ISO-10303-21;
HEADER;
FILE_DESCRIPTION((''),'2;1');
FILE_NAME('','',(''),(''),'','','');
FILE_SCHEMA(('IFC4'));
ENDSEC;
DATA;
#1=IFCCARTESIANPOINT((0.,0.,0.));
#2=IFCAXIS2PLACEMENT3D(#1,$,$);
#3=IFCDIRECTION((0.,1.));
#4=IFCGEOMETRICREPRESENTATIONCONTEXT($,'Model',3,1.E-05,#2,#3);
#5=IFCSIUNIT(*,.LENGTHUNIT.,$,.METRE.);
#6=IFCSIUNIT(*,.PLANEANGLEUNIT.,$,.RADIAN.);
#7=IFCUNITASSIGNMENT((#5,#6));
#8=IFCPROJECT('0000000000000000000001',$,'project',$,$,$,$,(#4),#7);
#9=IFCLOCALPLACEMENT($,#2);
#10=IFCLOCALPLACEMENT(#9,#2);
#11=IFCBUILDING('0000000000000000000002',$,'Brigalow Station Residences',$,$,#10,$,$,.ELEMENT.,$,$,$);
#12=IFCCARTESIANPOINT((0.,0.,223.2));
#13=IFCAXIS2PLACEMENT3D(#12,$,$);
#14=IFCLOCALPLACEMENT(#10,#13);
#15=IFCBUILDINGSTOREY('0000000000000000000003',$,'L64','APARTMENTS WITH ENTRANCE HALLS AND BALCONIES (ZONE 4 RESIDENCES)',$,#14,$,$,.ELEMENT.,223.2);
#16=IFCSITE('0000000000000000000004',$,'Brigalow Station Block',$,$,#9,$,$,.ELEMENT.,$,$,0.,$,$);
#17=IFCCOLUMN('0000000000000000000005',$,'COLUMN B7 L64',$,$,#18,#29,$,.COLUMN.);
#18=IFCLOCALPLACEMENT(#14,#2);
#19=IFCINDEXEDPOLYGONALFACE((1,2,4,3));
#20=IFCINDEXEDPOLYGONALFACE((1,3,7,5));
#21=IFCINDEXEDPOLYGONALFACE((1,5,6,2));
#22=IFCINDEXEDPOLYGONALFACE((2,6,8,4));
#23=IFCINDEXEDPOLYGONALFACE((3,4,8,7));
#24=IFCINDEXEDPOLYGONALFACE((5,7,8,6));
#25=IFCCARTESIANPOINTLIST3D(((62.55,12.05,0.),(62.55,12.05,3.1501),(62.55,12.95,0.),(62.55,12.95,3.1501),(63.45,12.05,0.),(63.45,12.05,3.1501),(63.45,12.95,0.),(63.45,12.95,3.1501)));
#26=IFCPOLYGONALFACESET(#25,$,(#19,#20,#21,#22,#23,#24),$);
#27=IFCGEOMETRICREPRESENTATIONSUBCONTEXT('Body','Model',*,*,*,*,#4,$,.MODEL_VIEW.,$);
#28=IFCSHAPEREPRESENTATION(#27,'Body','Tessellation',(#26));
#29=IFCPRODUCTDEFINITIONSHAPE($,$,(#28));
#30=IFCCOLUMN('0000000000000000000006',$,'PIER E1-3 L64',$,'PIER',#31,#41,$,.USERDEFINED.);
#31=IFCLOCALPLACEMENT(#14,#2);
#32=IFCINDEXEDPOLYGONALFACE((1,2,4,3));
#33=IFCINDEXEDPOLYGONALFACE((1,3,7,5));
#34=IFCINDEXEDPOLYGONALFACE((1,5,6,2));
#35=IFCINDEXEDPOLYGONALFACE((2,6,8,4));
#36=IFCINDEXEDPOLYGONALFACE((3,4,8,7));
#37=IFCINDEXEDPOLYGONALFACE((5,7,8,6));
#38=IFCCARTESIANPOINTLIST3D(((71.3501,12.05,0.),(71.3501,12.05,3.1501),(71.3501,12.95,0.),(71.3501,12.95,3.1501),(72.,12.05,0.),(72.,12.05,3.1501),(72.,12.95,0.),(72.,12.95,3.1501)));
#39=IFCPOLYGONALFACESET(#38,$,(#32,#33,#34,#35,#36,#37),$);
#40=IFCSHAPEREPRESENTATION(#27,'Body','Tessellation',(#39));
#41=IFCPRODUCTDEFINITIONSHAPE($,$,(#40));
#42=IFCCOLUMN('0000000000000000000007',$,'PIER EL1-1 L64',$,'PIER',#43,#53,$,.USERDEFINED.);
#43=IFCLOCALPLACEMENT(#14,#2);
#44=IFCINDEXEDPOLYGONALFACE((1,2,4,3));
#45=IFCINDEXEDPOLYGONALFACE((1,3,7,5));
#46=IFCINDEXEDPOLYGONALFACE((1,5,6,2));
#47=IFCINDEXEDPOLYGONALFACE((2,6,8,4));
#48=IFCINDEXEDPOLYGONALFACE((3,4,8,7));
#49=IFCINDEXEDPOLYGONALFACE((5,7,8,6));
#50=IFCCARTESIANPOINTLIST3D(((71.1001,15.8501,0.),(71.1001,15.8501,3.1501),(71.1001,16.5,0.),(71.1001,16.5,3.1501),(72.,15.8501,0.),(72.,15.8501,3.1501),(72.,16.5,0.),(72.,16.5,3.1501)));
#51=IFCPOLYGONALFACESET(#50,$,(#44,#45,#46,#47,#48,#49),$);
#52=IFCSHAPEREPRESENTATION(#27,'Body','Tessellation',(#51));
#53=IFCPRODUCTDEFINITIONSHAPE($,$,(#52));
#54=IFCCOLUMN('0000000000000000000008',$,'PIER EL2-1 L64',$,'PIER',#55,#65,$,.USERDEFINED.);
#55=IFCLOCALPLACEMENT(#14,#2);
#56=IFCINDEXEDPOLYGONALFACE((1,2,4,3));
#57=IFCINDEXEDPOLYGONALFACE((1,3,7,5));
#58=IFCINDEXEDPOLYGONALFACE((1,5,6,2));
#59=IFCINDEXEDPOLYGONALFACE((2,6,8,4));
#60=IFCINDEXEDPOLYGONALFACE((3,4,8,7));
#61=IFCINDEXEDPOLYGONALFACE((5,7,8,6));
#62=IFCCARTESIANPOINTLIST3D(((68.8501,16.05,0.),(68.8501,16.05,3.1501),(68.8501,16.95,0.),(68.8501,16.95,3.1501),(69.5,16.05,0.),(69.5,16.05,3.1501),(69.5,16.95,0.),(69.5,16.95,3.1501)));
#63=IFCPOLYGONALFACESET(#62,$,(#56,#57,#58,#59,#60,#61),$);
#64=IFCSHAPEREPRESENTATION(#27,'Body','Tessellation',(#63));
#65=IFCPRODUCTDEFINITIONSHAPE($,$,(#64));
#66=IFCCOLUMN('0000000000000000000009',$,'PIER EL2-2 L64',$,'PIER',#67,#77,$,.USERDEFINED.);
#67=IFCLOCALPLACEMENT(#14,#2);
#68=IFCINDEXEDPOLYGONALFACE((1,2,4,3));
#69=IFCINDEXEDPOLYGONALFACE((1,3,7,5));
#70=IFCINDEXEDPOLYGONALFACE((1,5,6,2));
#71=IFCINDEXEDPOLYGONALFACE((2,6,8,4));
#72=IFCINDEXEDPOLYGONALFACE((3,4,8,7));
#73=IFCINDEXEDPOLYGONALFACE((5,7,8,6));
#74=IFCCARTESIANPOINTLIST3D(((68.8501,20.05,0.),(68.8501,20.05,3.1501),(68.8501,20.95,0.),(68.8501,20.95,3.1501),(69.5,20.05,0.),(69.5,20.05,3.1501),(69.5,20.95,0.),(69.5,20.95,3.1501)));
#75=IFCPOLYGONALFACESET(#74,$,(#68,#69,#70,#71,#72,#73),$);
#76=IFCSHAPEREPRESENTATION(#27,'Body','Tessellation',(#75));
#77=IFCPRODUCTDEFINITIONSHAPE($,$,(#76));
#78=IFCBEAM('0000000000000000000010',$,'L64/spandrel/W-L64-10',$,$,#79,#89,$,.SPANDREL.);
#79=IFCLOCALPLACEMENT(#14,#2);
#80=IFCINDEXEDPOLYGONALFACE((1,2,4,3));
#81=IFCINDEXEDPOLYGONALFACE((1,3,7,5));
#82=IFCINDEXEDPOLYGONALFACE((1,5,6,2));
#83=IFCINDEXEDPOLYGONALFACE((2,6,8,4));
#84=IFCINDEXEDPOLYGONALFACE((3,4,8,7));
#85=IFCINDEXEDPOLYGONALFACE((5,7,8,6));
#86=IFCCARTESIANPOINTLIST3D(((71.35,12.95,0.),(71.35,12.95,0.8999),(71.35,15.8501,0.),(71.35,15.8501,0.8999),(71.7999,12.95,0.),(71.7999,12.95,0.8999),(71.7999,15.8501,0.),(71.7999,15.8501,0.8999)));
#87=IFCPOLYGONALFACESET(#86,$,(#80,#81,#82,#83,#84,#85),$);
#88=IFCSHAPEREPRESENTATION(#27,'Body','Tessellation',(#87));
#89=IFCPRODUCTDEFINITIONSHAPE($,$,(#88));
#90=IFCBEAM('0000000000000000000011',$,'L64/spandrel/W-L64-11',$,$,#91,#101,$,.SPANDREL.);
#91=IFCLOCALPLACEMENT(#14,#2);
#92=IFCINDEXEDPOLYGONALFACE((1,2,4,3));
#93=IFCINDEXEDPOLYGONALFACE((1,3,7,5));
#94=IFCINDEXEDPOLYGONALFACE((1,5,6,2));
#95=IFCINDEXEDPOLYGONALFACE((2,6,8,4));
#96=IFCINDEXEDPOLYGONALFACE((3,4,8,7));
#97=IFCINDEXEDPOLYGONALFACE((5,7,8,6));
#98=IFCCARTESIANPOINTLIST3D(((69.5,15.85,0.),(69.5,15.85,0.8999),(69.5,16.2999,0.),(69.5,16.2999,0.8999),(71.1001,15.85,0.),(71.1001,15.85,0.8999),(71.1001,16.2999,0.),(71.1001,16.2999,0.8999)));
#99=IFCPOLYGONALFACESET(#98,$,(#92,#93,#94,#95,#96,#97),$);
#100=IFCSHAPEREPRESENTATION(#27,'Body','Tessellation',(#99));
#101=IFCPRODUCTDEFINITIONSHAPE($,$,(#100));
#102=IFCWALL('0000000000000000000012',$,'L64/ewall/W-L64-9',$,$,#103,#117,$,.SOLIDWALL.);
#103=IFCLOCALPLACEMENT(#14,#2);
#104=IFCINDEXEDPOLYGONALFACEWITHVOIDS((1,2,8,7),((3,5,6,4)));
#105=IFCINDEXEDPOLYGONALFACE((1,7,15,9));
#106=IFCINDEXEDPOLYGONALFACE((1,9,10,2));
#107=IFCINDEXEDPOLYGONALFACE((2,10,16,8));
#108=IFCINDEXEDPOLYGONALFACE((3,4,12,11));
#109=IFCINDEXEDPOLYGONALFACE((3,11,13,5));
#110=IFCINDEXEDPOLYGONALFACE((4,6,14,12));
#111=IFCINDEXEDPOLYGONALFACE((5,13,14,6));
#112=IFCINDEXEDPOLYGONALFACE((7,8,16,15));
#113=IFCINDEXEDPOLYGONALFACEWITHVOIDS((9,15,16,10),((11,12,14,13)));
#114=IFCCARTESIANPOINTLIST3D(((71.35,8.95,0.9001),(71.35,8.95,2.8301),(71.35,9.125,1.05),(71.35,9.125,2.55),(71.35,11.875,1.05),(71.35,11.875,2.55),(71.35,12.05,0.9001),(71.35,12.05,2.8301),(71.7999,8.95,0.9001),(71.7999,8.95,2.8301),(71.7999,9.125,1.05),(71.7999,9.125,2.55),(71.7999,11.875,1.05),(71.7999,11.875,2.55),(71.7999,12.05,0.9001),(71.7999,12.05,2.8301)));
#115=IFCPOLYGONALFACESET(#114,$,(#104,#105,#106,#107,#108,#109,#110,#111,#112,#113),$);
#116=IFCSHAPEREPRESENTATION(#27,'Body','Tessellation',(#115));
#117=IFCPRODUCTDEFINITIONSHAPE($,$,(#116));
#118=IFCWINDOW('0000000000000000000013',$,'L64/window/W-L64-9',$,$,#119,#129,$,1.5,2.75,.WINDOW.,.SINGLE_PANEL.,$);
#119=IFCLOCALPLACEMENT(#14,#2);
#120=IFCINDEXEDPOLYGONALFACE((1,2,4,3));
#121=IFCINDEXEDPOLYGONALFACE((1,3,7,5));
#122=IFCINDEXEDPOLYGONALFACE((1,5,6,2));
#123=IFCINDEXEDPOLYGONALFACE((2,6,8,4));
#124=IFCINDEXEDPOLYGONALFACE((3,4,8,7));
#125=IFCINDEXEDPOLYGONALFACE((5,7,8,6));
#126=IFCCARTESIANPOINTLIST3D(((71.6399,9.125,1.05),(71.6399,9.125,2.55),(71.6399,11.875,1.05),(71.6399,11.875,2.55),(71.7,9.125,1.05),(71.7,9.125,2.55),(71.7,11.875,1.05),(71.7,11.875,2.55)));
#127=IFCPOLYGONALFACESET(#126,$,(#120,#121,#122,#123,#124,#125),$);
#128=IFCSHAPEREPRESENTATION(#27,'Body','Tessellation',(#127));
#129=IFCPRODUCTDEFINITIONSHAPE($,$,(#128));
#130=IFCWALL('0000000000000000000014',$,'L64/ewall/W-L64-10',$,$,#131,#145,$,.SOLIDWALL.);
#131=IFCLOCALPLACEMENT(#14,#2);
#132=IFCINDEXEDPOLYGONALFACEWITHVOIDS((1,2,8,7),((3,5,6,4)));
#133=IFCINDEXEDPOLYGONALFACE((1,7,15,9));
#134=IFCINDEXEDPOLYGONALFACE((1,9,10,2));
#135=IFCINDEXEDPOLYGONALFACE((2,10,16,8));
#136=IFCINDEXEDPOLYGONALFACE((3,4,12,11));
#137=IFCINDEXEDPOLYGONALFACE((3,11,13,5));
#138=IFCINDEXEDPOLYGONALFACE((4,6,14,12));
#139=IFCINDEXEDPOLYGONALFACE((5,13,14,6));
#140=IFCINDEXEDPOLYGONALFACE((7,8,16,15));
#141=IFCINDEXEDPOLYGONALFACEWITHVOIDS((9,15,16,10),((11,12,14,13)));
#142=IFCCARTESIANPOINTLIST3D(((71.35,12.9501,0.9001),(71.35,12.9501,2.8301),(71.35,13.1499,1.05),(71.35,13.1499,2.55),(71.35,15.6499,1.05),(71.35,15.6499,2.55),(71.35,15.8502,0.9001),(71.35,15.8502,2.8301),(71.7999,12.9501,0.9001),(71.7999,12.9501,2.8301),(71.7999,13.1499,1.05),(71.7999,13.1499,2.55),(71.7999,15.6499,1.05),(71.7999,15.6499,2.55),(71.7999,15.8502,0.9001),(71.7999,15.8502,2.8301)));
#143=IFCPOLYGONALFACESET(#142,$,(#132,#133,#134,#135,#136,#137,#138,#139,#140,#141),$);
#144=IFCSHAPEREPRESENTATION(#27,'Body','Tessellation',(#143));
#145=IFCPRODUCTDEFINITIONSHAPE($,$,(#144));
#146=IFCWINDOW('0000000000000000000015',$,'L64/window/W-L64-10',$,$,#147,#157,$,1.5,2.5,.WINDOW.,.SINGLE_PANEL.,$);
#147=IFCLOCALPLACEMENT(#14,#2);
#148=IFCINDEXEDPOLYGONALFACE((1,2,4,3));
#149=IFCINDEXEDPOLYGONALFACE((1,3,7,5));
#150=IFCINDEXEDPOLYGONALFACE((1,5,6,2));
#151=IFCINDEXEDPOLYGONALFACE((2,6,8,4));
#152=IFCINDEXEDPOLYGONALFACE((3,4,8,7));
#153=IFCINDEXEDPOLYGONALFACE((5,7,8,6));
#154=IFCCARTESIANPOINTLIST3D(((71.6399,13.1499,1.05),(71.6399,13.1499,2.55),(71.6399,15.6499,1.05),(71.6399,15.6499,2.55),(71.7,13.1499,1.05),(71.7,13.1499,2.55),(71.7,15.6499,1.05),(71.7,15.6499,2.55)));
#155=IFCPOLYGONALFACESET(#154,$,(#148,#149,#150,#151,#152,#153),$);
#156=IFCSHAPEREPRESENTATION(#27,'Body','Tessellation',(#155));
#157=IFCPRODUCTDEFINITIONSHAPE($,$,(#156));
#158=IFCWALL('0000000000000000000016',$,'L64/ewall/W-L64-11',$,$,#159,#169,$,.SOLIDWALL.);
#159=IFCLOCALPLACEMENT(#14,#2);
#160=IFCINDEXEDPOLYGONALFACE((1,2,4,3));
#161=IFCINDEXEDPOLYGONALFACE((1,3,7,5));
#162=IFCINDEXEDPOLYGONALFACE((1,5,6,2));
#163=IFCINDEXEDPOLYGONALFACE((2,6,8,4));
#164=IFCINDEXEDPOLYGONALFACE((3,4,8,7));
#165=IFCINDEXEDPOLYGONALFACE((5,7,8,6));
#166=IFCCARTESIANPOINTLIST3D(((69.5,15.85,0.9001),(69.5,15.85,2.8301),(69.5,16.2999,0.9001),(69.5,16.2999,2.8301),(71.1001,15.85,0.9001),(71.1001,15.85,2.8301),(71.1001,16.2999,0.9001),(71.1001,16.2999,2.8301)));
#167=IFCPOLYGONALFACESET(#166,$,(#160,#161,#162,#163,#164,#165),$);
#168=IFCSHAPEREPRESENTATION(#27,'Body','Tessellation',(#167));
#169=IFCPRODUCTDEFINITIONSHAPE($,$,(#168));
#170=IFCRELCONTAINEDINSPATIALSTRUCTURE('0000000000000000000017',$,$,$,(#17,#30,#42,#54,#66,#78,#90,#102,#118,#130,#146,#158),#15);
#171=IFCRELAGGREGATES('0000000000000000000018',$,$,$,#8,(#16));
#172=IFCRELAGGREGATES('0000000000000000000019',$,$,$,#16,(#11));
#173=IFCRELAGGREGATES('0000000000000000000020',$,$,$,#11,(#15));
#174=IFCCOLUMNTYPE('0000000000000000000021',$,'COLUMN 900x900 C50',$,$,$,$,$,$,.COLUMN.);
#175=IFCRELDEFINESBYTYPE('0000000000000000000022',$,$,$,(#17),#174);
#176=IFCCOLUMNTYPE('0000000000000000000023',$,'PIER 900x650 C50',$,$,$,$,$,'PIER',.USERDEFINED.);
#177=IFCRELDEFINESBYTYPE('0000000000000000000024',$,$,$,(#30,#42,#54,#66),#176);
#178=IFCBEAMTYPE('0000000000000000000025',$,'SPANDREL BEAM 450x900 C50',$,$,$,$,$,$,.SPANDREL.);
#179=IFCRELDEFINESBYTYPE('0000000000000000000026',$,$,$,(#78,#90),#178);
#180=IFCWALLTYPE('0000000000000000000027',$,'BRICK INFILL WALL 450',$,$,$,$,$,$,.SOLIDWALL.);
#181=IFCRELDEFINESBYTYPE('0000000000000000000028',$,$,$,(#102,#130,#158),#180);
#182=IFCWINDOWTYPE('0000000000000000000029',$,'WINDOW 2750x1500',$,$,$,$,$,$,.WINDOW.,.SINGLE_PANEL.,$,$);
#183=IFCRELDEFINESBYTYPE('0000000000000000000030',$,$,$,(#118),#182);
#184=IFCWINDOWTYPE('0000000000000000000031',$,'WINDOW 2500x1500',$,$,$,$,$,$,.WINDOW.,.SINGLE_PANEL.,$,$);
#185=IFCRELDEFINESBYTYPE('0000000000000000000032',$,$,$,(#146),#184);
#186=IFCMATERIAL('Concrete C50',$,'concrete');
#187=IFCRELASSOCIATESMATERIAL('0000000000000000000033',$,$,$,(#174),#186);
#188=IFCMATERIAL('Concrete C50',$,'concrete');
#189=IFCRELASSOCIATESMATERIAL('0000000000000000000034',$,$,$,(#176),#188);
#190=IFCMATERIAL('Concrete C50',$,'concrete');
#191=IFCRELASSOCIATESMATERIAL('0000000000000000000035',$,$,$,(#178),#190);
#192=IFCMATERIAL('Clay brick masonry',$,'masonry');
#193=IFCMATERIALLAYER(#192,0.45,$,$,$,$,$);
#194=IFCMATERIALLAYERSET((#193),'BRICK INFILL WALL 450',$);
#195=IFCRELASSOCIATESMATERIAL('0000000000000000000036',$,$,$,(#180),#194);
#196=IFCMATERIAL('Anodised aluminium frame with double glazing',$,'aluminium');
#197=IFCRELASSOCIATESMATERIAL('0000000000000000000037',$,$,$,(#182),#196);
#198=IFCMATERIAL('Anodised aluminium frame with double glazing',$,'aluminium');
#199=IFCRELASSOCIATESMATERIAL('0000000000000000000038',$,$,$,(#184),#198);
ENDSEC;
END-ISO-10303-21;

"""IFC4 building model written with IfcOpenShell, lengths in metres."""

from ifc_helpers import new_model, si_unit, direction, frame, frame_2d, origin, origin_2d, place, context, subcontext, project, spatial, rectangle, extrude, material, layer, layer_set, material_profile, profile_set, type_object, element, fill, save


model = new_model("IFC4")

# Units and contexts
model_context = context("Model", 3, precision=1e-05, world=origin(), true_north=direction((0.0, 1.0)))
body_context = subcontext(model_context, "Body", "Model", "MODEL_VIEW")
ifc_project = project(units=[si_unit("LENGTHUNIT", "METRE"), si_unit("PLANEANGLEUNIT", "RADIAN")], contexts=[model_context])

# Site, building, storey
site_placement = place(None, origin())
site = spatial("IfcSite", under=ifc_project, at=site_placement, Name="Brigalow Station Block", CompositionType="ELEMENT", RefElevation=0.0)
building_placement = place(site_placement, origin())
building = spatial("IfcBuilding", under=site, at=building_placement, Name="Brigalow Station Residences", CompositionType="ELEMENT")
storey_placement = place(building_placement, frame((0.0, 0.0, 223.2)))
storey = spatial("IfcBuildingStorey", under=building, at=storey_placement, Name="L64", Description="APARTMENTS WITH ENTRANCE HALLS AND BALCONIES (ZONE 4 RESIDENCES)", CompositionType="ELEMENT", Elevation=223.2)

# Columns
ifc_material_1 = material(Name="Concrete C50", Category="concrete")
ifc_material_profile_1 = material_profile(ifc_material_1, rectangle(XDim=0.8999, YDim=0.8999, at=origin_2d()), Name="RC900x900")
ifc_profile_set_1 = profile_set([ifc_material_profile_1], Name="Concrete C50")
column_type_1 = type_object("IfcColumnType", Name="COLUMN 900x900 C50", PredefinedType="COLUMN", material=ifc_profile_set_1)
column_placement = place(storey_placement, frame((63.0, 12.5, 0.0), z_axis=(0.0, 0.0, 1.0), x_axis=(1.0, 0.0, 0.0)))
element("IfcColumn", 1, at=column_placement, inside=storey, type_object=column_type_1, Name="COLUMN B7 L64", PredefinedType="COLUMN", context=body_context, shape_type="SweptSolid", body=[
    extrude(rectangle(XDim=0.8999, YDim=0.8999, at=origin_2d()), origin(), (0.0, 0.0, 1.0), 3.1501),
])
ifc_material_2 = material(Name="Concrete C50", Category="concrete")
ifc_material_profile_2 = material_profile(ifc_material_2, rectangle(XDim=0.8999, YDim=0.6499, at=origin_2d()), Name="RC900x650")
ifc_profile_set_2 = profile_set([ifc_material_profile_2], Name="Concrete C50")
column_type_2 = type_object("IfcColumnType", Name="PIER 900x650 C50", ElementType="PIER", PredefinedType="USERDEFINED", material=ifc_profile_set_2)
for number, where, z_axis, x_axis, name in (
    (2, (71.675, 12.5, 0.0), (0.0, 0.0, 1.0), (0.0, 1.0, 0.0), "PIER E1-3 L64"),
    (3, (71.55, 16.175, 0.0), (0.0, 0.0, 1.0), (-1.0, 0.0, 0.0), "PIER EL1-1 L64"),
    (4, (69.175, 16.5, 0.0), (0.0, 0.0, 1.0), (0.0, 1.0, 0.0), "PIER EL2-1 L64"),
    (5, (69.175, 20.5, 0.0), (0.0, 0.0, 1.0), (0.0, 1.0, 0.0), "PIER EL2-2 L64"),
):
    element("IfcColumn", number, at=place(storey_placement, frame(where, z_axis=z_axis, x_axis=x_axis)), inside=storey, type_object=column_type_2, Name=name, ObjectType="PIER", PredefinedType="USERDEFINED", context=body_context, shape_type="SweptSolid", body=[
        extrude(rectangle(XDim=0.8999, YDim=0.6499, at=origin_2d()), origin(), (0.0, 0.0, 1.0), 3.1501),
    ])

# Beams
ifc_material_3 = material(Name="Concrete C50", Category="concrete")
ifc_material_profile_3 = material_profile(ifc_material_3, rectangle(XDim=0.45, YDim=0.8999, at=origin_2d()), Name="RC450x900")
ifc_profile_set_3 = profile_set([ifc_material_profile_3], Name="Concrete C50")
beam_type = type_object("IfcBeamType", Name="SPANDREL BEAM 450x900 C50", PredefinedType="SPANDREL", material=ifc_profile_set_3)
beam_1_placement = place(storey_placement, frame((71.575, 12.95, 0.45), z_axis=(0.0, 1.0, 0.0), x_axis=(-1.0, 0.0, 0.0)))
element("IfcBeam", 6, at=beam_1_placement, inside=storey, type_object=beam_type, Name="L64/spandrel/W-L64-10", PredefinedType="SPANDREL", context=body_context, shape_type="SweptSolid", body=[
    extrude(rectangle(XDim=0.45, YDim=0.8999, at=origin_2d()), origin(), (0.0, 0.0, 1.0), 2.9001),
])
beam_2_placement = place(storey_placement, frame((71.1001, 16.075, 0.45), z_axis=(-1.0, 0.0, 0.0), x_axis=(0.0, -1.0, 0.0)))
element("IfcBeam", 7, at=beam_2_placement, inside=storey, type_object=beam_type, Name="L64/spandrel/W-L64-11", PredefinedType="SPANDREL", context=body_context, shape_type="SweptSolid", body=[
    extrude(rectangle(XDim=0.45, YDim=0.8999, at=origin_2d()), origin(), (0.0, 0.0, 1.0), 1.6001),
])

# Walls, openings, windows
ifc_material_4 = material(Name="Clay brick masonry", Category="masonry")
ifc_layer_1 = layer(ifc_material_4, 0.45)
ifc_layer_set_1 = layer_set([ifc_layer_1], Name="BRICK INFILL WALL 450")
wall_type_1 = type_object("IfcWallType", Name="BRICK INFILL WALL 450", PredefinedType="SOLIDWALL", material=ifc_layer_set_1)
wall_1_placement = place(storey_placement, frame((71.575, 8.95, 0.9001), z_axis=(0.0, 0.0, 1.0), x_axis=(0.0, 1.0, 0.0)))
wall_1 = element("IfcWall", 8, at=wall_1_placement, inside=storey, type_object=wall_type_1, Name="L64/ewall/W-L64-9", PredefinedType="SOLIDWALL", context=body_context, shape_type="SweptSolid", body=[
    extrude(rectangle(XDim=3.1001, YDim=0.45, at=frame_2d((1.55, 0.0))), origin(), (0.0, 0.0, 1.0), 1.9299),
])
opening_1_placement = place(wall_1_placement, frame((0.175, 0.0, 0.1499)))
opening_1 = element("IfcOpeningElement", 9, at=opening_1_placement, cuts=wall_1, PredefinedType="OPENING", context=body_context, shape_type="SweptSolid", body=[
    extrude(rectangle(XDim=2.75, YDim=1.5, at=frame_2d((1.375, 0.75))), frame((0.0, 0.2349, 0.0), z_axis=(0.0, -1.0, 0.0), x_axis=(1.0, 0.0, 0.0)), (0.0, 0.0, 1.0), 0.47),
])
ifc_material_5 = material(Name="Anodised aluminium frame with double glazing", Category="aluminium")
window_type_1 = type_object("IfcWindowType", Name="WINDOW 2750x1500", PartitioningType="SINGLE_PANEL", PredefinedType="WINDOW", material=ifc_material_5)
window_1_placement = place(opening_1_placement, origin())
window_1 = element("IfcWindow", 10, at=window_1_placement, inside=storey, type_object=window_type_1, Name="L64/window/W-L64-9", OverallHeight=1.5, OverallWidth=2.75, PartitioningType="SINGLE_PANEL", PredefinedType="WINDOW", context=body_context, shape_type="SweptSolid", body=[
    extrude(rectangle(XDim=2.75, YDim=1.5, at=frame_2d((1.375, 0.75))), frame((0.0, -0.0649, 0.0), z_axis=(0.0, -1.0, 0.0), x_axis=(1.0, 0.0, 0.0)), (0.0, 0.0, 1.0), 0.0601),
])
fill(opening_1, window_1)
wall_2_placement = place(storey_placement, frame((71.575, 12.95, 0.9001), z_axis=(0.0, 0.0, 1.0), x_axis=(0.0, 1.0, 0.0)))
wall_2 = element("IfcWall", 11, at=wall_2_placement, inside=storey, type_object=wall_type_1, Name="L64/ewall/W-L64-10", PredefinedType="SOLIDWALL", context=body_context, shape_type="SweptSolid", body=[
    extrude(rectangle(XDim=2.9001, YDim=0.45, at=frame_2d((1.4502, 0.0))), origin(), (0.0, 0.0, 1.0), 1.9299),
])
opening_2_placement = place(wall_2_placement, frame((0.2, 0.0, 0.1499)))
opening_2 = element("IfcOpeningElement", 12, at=opening_2_placement, cuts=wall_2, PredefinedType="OPENING", context=body_context, shape_type="SweptSolid", body=[
    extrude(rectangle(XDim=2.5, YDim=1.5, at=frame_2d((1.25, 0.75))), frame((0.0, 0.2349, 0.0), z_axis=(0.0, -1.0, 0.0), x_axis=(1.0, 0.0, 0.0)), (0.0, 0.0, 1.0), 0.47),
])
ifc_material_6 = material(Name="Anodised aluminium frame with double glazing", Category="aluminium")
window_type_2 = type_object("IfcWindowType", Name="WINDOW 2500x1500", PartitioningType="SINGLE_PANEL", PredefinedType="WINDOW", material=ifc_material_6)
window_2_placement = place(opening_2_placement, origin())
window_2 = element("IfcWindow", 13, at=window_2_placement, inside=storey, type_object=window_type_2, Name="L64/window/W-L64-10", OverallHeight=1.5, OverallWidth=2.5, PartitioningType="SINGLE_PANEL", PredefinedType="WINDOW", context=body_context, shape_type="SweptSolid", body=[
    extrude(rectangle(XDim=2.5, YDim=1.5, at=frame_2d((1.25, 0.75))), frame((0.0, -0.0649, 0.0), z_axis=(0.0, -1.0, 0.0), x_axis=(1.0, 0.0, 0.0)), (0.0, 0.0, 1.0), 0.0601),
])
fill(opening_2, window_2)

# Wall
wall_3_placement = place(storey_placement, frame((71.1001, 16.075, 0.9001), z_axis=(0.0, 0.0, 1.0), x_axis=(-1.0, 0.0, 0.0)))
element("IfcWall", 14, at=wall_3_placement, inside=storey, type_object=wall_type_1, Name="L64/ewall/W-L64-11", PredefinedType="SOLIDWALL", context=body_context, shape_type="SweptSolid", body=[
    extrude(rectangle(XDim=1.6001, YDim=0.45, at=frame_2d((0.8, 0.0))), origin(), (0.0, 0.0, 1.0), 1.9299),
])

save(model, "model.ifc")
